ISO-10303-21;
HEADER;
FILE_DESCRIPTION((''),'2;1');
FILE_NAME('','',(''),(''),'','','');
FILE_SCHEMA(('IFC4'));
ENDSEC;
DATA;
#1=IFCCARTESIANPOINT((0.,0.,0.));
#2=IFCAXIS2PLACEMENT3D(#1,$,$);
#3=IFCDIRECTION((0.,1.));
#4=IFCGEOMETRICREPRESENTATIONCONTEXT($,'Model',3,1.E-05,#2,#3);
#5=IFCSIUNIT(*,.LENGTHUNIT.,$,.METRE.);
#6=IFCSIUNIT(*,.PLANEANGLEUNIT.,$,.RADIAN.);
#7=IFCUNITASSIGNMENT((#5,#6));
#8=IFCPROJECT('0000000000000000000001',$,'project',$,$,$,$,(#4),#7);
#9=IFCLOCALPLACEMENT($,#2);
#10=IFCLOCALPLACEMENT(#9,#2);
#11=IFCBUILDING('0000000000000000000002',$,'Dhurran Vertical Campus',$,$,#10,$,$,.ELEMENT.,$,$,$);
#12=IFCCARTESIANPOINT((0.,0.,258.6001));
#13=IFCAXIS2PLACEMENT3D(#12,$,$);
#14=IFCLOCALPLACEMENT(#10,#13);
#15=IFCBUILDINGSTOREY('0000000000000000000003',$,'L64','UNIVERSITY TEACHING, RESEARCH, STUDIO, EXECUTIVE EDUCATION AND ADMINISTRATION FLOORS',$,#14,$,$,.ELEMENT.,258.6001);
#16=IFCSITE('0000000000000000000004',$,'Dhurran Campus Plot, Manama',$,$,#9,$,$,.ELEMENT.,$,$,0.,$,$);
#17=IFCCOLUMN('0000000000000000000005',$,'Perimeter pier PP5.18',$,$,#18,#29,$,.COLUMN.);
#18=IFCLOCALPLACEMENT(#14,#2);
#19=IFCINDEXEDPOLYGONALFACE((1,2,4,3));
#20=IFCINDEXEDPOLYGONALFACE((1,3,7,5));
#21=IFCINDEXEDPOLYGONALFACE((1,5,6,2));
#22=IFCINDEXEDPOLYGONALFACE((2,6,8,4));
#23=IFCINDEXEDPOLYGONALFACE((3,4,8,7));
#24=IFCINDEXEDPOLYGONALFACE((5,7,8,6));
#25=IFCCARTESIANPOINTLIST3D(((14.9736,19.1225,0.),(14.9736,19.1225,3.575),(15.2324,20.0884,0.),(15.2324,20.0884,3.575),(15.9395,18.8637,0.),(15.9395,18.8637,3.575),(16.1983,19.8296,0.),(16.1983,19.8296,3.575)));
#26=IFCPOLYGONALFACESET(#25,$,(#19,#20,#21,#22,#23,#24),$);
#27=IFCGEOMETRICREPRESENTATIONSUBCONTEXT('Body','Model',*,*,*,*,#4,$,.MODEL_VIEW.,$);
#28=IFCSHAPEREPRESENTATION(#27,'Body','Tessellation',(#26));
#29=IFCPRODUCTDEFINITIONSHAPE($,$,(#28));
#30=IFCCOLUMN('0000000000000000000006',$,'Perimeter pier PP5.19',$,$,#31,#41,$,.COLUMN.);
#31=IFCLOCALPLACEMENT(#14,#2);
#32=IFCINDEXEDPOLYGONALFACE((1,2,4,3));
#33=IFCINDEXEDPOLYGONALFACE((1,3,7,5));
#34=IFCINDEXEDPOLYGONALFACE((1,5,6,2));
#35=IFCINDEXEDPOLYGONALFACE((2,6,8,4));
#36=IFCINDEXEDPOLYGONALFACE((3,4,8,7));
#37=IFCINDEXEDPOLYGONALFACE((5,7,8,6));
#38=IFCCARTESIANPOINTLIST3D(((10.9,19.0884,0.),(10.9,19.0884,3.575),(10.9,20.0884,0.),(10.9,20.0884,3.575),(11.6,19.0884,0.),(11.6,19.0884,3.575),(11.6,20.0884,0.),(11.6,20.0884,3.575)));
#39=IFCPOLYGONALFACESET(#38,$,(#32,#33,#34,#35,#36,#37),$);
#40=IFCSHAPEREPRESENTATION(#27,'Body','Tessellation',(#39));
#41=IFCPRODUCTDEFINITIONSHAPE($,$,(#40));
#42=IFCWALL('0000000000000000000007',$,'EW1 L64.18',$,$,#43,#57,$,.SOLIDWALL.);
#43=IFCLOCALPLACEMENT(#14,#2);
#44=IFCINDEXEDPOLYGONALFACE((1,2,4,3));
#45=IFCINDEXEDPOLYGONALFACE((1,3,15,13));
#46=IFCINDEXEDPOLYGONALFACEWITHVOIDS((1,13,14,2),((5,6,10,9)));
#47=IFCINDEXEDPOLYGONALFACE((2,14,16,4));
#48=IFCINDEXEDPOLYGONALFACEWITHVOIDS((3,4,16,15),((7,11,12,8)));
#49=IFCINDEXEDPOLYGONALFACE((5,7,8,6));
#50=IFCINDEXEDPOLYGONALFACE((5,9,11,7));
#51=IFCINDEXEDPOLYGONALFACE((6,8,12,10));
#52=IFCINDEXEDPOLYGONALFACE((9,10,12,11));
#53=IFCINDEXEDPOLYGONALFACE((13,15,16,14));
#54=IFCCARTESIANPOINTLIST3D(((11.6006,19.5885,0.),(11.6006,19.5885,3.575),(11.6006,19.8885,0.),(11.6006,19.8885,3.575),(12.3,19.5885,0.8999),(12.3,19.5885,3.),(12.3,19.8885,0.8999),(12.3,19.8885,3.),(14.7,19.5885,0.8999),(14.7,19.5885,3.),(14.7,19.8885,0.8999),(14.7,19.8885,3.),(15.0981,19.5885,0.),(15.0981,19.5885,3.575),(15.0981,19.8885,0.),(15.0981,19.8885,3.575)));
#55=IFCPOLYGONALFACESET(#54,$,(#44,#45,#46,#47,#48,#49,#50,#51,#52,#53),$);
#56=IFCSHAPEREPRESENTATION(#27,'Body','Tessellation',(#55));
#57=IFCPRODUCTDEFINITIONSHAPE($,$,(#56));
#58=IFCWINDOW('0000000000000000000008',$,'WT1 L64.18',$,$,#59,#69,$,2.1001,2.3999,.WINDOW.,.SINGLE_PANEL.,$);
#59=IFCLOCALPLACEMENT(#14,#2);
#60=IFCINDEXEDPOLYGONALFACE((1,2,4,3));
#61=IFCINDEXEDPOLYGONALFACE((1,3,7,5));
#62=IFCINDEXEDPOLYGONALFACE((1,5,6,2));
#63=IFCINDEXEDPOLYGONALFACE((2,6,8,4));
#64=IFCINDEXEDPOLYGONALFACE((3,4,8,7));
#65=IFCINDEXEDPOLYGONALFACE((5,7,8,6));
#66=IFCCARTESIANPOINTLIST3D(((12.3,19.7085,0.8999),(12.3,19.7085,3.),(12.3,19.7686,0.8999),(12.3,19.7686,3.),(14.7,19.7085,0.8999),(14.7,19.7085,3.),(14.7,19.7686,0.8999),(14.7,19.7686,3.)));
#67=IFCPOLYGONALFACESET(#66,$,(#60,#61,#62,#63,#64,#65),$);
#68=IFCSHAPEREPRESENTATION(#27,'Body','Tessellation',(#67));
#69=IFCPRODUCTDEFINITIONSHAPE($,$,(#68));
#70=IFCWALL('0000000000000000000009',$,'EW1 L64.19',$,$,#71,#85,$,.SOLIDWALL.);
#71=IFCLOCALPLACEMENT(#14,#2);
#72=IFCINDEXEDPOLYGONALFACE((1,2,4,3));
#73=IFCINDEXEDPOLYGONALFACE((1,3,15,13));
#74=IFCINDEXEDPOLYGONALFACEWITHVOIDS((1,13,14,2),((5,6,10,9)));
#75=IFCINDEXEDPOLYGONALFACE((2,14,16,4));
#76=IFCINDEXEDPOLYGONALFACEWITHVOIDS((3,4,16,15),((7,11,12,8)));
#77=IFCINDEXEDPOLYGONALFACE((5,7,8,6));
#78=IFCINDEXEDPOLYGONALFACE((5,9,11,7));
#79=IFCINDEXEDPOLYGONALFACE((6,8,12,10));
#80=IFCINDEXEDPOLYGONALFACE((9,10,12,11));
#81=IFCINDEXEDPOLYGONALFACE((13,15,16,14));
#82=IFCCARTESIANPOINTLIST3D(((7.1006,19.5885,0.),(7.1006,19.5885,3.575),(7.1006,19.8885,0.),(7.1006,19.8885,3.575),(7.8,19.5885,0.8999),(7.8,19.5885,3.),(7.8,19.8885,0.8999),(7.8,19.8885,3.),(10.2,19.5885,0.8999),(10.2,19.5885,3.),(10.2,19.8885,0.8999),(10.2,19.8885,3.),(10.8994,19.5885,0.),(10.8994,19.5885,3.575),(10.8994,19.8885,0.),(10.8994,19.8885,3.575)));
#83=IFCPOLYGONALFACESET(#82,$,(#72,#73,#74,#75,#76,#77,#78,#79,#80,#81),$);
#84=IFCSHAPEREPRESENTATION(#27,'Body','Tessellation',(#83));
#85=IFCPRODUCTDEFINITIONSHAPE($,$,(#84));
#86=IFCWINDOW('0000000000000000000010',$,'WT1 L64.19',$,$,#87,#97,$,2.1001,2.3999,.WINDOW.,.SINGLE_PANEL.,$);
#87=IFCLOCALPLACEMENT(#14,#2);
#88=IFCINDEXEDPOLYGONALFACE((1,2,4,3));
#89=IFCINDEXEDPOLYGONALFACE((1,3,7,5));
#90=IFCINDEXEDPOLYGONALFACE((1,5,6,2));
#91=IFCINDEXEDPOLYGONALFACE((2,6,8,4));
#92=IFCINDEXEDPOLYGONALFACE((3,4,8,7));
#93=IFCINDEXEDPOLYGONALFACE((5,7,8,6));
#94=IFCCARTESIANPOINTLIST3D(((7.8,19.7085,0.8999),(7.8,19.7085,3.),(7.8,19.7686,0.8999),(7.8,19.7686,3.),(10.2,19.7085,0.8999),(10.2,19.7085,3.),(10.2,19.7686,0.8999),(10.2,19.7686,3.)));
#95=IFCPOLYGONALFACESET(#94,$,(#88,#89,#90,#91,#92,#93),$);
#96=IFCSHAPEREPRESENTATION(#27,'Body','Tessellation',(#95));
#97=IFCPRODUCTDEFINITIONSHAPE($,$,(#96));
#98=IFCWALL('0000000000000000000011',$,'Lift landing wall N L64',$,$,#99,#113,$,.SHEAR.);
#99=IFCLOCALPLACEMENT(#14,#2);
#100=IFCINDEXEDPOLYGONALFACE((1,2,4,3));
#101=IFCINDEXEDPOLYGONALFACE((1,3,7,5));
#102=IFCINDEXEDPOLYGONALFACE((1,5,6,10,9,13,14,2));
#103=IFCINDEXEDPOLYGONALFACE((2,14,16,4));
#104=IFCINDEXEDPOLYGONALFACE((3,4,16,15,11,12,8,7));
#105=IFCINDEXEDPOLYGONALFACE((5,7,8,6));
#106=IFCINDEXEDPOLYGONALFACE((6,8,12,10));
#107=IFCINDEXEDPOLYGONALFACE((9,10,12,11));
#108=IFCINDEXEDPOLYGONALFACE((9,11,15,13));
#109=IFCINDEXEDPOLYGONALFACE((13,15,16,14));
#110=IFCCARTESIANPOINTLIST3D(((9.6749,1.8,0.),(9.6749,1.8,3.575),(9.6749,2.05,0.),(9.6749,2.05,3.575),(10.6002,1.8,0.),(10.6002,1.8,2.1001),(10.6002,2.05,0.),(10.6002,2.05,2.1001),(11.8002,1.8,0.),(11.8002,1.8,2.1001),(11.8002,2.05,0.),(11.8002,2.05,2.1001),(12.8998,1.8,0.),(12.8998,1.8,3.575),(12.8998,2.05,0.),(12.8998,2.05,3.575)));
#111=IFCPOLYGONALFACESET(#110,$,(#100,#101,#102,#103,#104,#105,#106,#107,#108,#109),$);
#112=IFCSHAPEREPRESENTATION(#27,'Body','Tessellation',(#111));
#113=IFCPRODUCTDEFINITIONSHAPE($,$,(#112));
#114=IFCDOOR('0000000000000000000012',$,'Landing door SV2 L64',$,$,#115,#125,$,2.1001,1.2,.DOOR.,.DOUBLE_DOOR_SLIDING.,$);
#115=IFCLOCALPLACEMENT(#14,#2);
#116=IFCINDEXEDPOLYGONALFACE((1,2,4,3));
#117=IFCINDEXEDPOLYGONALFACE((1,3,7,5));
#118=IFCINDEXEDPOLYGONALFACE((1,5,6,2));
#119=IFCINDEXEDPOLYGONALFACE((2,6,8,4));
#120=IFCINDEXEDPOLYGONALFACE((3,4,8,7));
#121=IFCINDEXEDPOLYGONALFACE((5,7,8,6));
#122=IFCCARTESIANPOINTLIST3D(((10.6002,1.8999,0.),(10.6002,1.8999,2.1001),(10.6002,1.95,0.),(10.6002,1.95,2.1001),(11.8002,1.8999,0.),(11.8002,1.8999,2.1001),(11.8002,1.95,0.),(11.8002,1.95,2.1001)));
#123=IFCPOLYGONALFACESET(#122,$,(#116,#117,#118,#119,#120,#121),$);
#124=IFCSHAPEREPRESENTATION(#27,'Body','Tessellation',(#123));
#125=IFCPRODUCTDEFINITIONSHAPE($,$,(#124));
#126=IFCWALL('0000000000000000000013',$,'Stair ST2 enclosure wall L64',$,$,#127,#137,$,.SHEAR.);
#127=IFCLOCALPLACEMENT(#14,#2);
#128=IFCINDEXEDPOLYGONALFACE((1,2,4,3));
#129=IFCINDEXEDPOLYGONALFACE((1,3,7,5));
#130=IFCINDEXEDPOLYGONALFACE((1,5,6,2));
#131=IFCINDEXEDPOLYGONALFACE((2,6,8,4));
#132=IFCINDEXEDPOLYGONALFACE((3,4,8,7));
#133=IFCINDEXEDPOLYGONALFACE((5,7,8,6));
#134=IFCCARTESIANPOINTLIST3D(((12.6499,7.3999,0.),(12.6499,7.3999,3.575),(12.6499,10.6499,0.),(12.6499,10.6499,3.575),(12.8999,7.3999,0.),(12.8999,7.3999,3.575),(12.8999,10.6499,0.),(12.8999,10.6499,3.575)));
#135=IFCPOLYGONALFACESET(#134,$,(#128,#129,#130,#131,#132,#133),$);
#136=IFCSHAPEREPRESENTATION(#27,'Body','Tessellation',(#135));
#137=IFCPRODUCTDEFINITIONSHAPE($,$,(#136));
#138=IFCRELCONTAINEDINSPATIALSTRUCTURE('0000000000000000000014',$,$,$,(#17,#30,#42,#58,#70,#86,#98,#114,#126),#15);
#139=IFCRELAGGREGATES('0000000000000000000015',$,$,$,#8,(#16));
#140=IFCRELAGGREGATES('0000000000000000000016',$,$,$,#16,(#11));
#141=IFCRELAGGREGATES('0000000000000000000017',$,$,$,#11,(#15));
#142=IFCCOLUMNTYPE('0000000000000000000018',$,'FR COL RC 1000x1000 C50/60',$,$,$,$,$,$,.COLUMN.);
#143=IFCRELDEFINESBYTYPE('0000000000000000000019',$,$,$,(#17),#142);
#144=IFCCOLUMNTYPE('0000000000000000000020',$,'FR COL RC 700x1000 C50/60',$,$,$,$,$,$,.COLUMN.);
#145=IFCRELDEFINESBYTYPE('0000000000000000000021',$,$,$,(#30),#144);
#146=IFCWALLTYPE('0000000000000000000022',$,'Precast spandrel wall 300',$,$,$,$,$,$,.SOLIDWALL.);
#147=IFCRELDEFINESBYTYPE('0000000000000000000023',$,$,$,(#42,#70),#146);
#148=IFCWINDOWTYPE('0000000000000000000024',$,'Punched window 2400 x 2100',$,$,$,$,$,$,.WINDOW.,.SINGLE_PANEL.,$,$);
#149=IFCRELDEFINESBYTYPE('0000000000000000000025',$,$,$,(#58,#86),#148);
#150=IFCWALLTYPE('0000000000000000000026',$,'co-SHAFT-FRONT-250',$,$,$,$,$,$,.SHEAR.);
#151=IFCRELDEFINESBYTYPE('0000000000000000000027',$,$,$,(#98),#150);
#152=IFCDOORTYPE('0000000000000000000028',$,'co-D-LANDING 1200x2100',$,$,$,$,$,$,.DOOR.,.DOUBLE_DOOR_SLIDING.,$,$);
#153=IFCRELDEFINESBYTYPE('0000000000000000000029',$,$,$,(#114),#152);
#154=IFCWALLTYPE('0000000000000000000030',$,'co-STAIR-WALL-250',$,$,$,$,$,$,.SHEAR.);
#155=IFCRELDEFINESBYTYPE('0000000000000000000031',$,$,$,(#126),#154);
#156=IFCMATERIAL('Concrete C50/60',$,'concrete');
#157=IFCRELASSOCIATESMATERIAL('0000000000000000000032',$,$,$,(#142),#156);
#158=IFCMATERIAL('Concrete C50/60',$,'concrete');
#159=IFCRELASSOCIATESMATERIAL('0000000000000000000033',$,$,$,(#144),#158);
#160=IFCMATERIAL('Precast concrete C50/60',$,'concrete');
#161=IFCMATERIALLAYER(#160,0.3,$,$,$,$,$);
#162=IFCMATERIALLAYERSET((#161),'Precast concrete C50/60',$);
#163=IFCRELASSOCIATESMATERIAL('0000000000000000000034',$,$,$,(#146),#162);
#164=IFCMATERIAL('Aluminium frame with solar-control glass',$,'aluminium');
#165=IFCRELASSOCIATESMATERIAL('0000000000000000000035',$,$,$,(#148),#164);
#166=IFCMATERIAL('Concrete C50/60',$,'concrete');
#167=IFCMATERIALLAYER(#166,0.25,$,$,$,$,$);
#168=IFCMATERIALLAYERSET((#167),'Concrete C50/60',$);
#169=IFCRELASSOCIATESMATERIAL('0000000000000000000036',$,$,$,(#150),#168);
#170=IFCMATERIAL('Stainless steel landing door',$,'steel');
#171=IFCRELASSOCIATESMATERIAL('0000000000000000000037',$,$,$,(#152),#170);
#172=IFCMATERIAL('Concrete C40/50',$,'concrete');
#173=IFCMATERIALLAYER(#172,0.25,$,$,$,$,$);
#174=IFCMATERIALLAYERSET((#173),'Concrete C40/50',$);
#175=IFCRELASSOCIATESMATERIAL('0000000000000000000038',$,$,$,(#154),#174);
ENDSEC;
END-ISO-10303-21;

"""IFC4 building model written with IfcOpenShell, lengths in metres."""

from ifc_helpers import new_model, si_unit, direction, frame, frame_2d, origin, origin_2d, place, context, subcontext, project, spatial, rectangle, extrude, material, layer, layer_set, material_profile, profile_set, type_object, element, fill, save


model = new_model("IFC4")

# Units and contexts
model_context = context("Model", 3, precision=1e-05, world=origin(), true_north=direction((0.0, 1.0)))
body_context = subcontext(model_context, "Body", "Model", "MODEL_VIEW")
ifc_project = project(units=[si_unit("LENGTHUNIT", "METRE"), si_unit("PLANEANGLEUNIT", "RADIAN")], contexts=[model_context])

# Site, building, storey
site_placement = place(None, origin())
site = spatial("IfcSite", under=ifc_project, at=site_placement, Name="Dhurran Campus Plot, Manama", CompositionType="ELEMENT", RefElevation=0.0)
building_placement = place(site_placement, origin())
building = spatial("IfcBuilding", under=site, at=building_placement, Name="Dhurran Vertical Campus", CompositionType="ELEMENT")
storey_placement = place(building_placement, frame((0.0, 0.0, 258.6001)))
storey = spatial("IfcBuildingStorey", under=building, at=storey_placement, Name="L64", Description="UNIVERSITY TEACHING, RESEARCH, STUDIO, EXECUTIVE EDUCATION AND ADMINISTRATION FLOORS", CompositionType="ELEMENT", Elevation=258.6001)

# Columns
ifc_material_1 = material(Name="Concrete C50/60", Category="concrete")
ifc_material_profile_1 = material_profile(ifc_material_1, rectangle(XDim=1.0, YDim=1.0, at=origin_2d()), Name="RC 1000x1000")
ifc_profile_set_1 = profile_set([ifc_material_profile_1], Name="Concrete C50/60")
column_type_1 = type_object("IfcColumnType", Name="FR COL RC 1000x1000 C50/60", PredefinedType="COLUMN", material=ifc_profile_set_1)
column_1_placement = place(storey_placement, frame((15.5859, 19.4761, 0.0), z_axis=(0.0, 0.0, 1.0), x_axis=(-0.965926, 0.258819, 0.0)))
element("IfcColumn", 1, at=column_1_placement, inside=storey, type_object=column_type_1, Name="Perimeter pier PP5.18", PredefinedType="COLUMN", context=body_context, shape_type="SweptSolid", body=[
    extrude(rectangle(XDim=1.0, YDim=1.0, at=origin_2d()), origin(), (0.0, 0.0, 1.0), 3.575),
])
ifc_material_2 = material(Name="Concrete C50/60", Category="concrete")
ifc_material_profile_2 = material_profile(ifc_material_2, rectangle(XDim=0.7, YDim=1.0, at=origin_2d()), Name="RC 700x1000")
ifc_profile_set_2 = profile_set([ifc_material_profile_2], Name="Concrete C50/60")
column_type_2 = type_object("IfcColumnType", Name="FR COL RC 700x1000 C50/60", PredefinedType="COLUMN", material=ifc_profile_set_2)
column_2_placement = place(storey_placement, frame((11.25, 19.5884, 0.0), z_axis=(0.0, 0.0, 1.0), x_axis=(-1.0, 0.0, 0.0)))
element("IfcColumn", 2, at=column_2_placement, inside=storey, type_object=column_type_2, Name="Perimeter pier PP5.19", PredefinedType="COLUMN", context=body_context, shape_type="SweptSolid", body=[
    extrude(rectangle(XDim=0.7, YDim=1.0, at=origin_2d()), origin(), (0.0, 0.0, 1.0), 3.575),
])

# Walls, openings, windows
ifc_material_3 = material(Name="Precast concrete C50/60", Category="concrete")
ifc_layer_1 = layer(ifc_material_3, 0.3)
ifc_layer_set_1 = layer_set([ifc_layer_1], Name="Precast concrete C50/60")
wall_type_1 = type_object("IfcWallType", Name="Precast spandrel wall 300", PredefinedType="SOLIDWALL", material=ifc_layer_set_1)
wall_1_placement = place(storey_placement, frame((15.0981, 19.7385, 0.0), z_axis=(0.0, 0.0, 1.0), x_axis=(-1.0, 0.0, 0.0)))
wall_1 = element("IfcWall", 3, at=wall_1_placement, inside=storey, type_object=wall_type_1, Name="EW1 L64.18", PredefinedType="SOLIDWALL", context=body_context, shape_type="SweptSolid", body=[
    extrude(rectangle(XDim=3.4976, YDim=0.3, at=frame_2d((1.7488, 0.0))), origin(), (0.0, 0.0, 1.0), 3.575),
])
opening_1_placement = place(wall_1_placement, frame((0.3982, 0.0, 0.8999)))
opening_1 = element("IfcOpeningElement", 4, at=opening_1_placement, cuts=wall_1, PredefinedType="OPENING", context=body_context, shape_type="SweptSolid", body=[
    extrude(rectangle(XDim=2.3999, YDim=2.1001, at=frame_2d((1.2, 1.05))), frame((0.0, 0.1599, 0.0), z_axis=(0.0, -1.0, 0.0), x_axis=(1.0, 0.0, 0.0)), (0.0, 0.0, 1.0), 0.3201),
])
ifc_material_4 = material(Name="Aluminium frame with solar-control glass", Category="aluminium")
window_type = type_object("IfcWindowType", Name="Punched window 2400 x 2100", PartitioningType="SINGLE_PANEL", PredefinedType="WINDOW", material=ifc_material_4)
window_1_placement = place(opening_1_placement, origin())
window_1 = element("IfcWindow", 5, at=window_1_placement, inside=storey, type_object=window_type, Name="WT1 L64.18", OverallHeight=2.1001, OverallWidth=2.3999, PartitioningType="SINGLE_PANEL", PredefinedType="WINDOW", context=body_context, shape_type="SweptSolid", body=[
    extrude(rectangle(XDim=2.3999, YDim=2.1001, at=frame_2d((1.2, 1.05))), frame((0.0, 0.03, 0.0), z_axis=(0.0, -1.0, 0.0), x_axis=(1.0, 0.0, 0.0)), (0.0, 0.0, 1.0), 0.0601),
])
fill(opening_1, window_1)
wall_2_placement = place(storey_placement, frame((10.8994, 19.7385, 0.0), z_axis=(0.0, 0.0, 1.0), x_axis=(-1.0, 0.0, 0.0)))
wall_2 = element("IfcWall", 6, at=wall_2_placement, inside=storey, type_object=wall_type_1, Name="EW1 L64.19", PredefinedType="SOLIDWALL", context=body_context, shape_type="SweptSolid", body=[
    extrude(rectangle(XDim=3.7988, YDim=0.3, at=frame_2d((1.8994, 0.0))), origin(), (0.0, 0.0, 1.0), 3.575),
])
opening_2_placement = place(wall_2_placement, frame((0.6995, 0.0, 0.8999)))
opening_2 = element("IfcOpeningElement", 7, at=opening_2_placement, cuts=wall_2, PredefinedType="OPENING", context=body_context, shape_type="SweptSolid", body=[
    extrude(rectangle(XDim=2.3999, YDim=2.1001, at=frame_2d((1.2, 1.05))), frame((0.0, 0.1599, 0.0), z_axis=(0.0, -1.0, 0.0), x_axis=(1.0, 0.0, 0.0)), (0.0, 0.0, 1.0), 0.3201),
])
window_2_placement = place(opening_2_placement, origin())
window_2 = element("IfcWindow", 8, at=window_2_placement, inside=storey, type_object=window_type, Name="WT1 L64.19", OverallHeight=2.1001, OverallWidth=2.3999, PartitioningType="SINGLE_PANEL", PredefinedType="WINDOW", context=body_context, shape_type="SweptSolid", body=[
    extrude(rectangle(XDim=2.3999, YDim=2.1001, at=frame_2d((1.2, 1.05))), frame((0.0, 0.03, 0.0), z_axis=(0.0, -1.0, 0.0), x_axis=(1.0, 0.0, 0.0)), (0.0, 0.0, 1.0), 0.0601),
])
fill(opening_2, window_2)

# Wall, opening, door
ifc_material_5 = material(Name="Concrete C50/60", Category="concrete")
ifc_layer_2 = layer(ifc_material_5, 0.25)
ifc_layer_set_2 = layer_set([ifc_layer_2], Name="Concrete C50/60")
wall_type_2 = type_object("IfcWallType", Name="co-SHAFT-FRONT-250", PredefinedType="SHEAR", material=ifc_layer_set_2)
wall_3_placement = place(storey_placement, frame((9.675, 1.925, 0.0), z_axis=(0.0, 0.0, 1.0), x_axis=(1.0, 0.0, 0.0)))
wall_3 = element("IfcWall", 9, at=wall_3_placement, inside=storey, type_object=wall_type_2, Name="Lift landing wall N L64", PredefinedType="SHEAR", context=body_context, shape_type="SweptSolid", body=[
    extrude(rectangle(XDim=3.2249, YDim=0.25, at=frame_2d((1.6123, 0.0))), origin(), (0.0, 0.0, 1.0), 3.575),
])
opening_3_placement = place(wall_3_placement, frame((0.925, 0.0, 0.0)))
opening_3 = element("IfcOpeningElement", 10, at=opening_3_placement, cuts=wall_3, PredefinedType="OPENING", context=body_context, shape_type="SweptSolid", body=[
    extrude(rectangle(XDim=1.2, YDim=2.1001, at=frame_2d((0.6001, 1.05))), frame((0.0, 0.135, 0.0), z_axis=(0.0, -1.0, 0.0), x_axis=(1.0, 0.0, 0.0)), (0.0, 0.0, 1.0), 0.27),
])
ifc_material_6 = material(Name="Stainless steel landing door", Category="steel")
door_type_1 = type_object("IfcDoorType", Name="co-D-LANDING 1200x2100", OperationType="DOUBLE_DOOR_SLIDING", PredefinedType="DOOR", material=ifc_material_6)
door_1_placement = place(opening_3_placement, origin())
door_1 = element("IfcDoor", 11, at=door_1_placement, inside=storey, type_object=door_type_1, Name="Landing door SV2 L64", OperationType="DOUBLE_DOOR_SLIDING", OverallHeight=2.1001, OverallWidth=1.2, PredefinedType="DOOR", context=body_context, shape_type="SweptSolid", body=[
    extrude(rectangle(XDim=1.2, YDim=2.1001, at=frame_2d((0.6001, 1.05))), frame((0.0, 0.0249, 0.0), z_axis=(0.0, -1.0, 0.0), x_axis=(1.0, 0.0, 0.0)), (0.0, 0.0, 1.0), 0.05),
])
fill(opening_3, door_1)

# Wall
ifc_material_7 = material(Name="Concrete C40/50", Category="concrete")
ifc_layer_3 = layer(ifc_material_7, 0.25)
ifc_layer_set_3 = layer_set([ifc_layer_3], Name="Concrete C40/50")
wall_type_3 = type_object("IfcWallType", Name="co-STAIR-WALL-250", PredefinedType="SHEAR", material=ifc_layer_set_3)
wall_4_placement = place(storey_placement, frame((12.7749, 7.3999, 0.0), z_axis=(0.0, 0.0, 1.0), x_axis=(0.0, 1.0, 0.0)))
element("IfcWall", 12, at=wall_4_placement, inside=storey, type_object=wall_type_3, Name="Stair ST2 enclosure wall L64", PredefinedType="SHEAR", context=body_context, shape_type="SweptSolid", body=[
    extrude(rectangle(XDim=3.25, YDim=0.25, at=frame_2d((1.625, 0.0))), origin(), (0.0, 0.0, 1.0), 3.575),
])

save(model, "model.ifc")
